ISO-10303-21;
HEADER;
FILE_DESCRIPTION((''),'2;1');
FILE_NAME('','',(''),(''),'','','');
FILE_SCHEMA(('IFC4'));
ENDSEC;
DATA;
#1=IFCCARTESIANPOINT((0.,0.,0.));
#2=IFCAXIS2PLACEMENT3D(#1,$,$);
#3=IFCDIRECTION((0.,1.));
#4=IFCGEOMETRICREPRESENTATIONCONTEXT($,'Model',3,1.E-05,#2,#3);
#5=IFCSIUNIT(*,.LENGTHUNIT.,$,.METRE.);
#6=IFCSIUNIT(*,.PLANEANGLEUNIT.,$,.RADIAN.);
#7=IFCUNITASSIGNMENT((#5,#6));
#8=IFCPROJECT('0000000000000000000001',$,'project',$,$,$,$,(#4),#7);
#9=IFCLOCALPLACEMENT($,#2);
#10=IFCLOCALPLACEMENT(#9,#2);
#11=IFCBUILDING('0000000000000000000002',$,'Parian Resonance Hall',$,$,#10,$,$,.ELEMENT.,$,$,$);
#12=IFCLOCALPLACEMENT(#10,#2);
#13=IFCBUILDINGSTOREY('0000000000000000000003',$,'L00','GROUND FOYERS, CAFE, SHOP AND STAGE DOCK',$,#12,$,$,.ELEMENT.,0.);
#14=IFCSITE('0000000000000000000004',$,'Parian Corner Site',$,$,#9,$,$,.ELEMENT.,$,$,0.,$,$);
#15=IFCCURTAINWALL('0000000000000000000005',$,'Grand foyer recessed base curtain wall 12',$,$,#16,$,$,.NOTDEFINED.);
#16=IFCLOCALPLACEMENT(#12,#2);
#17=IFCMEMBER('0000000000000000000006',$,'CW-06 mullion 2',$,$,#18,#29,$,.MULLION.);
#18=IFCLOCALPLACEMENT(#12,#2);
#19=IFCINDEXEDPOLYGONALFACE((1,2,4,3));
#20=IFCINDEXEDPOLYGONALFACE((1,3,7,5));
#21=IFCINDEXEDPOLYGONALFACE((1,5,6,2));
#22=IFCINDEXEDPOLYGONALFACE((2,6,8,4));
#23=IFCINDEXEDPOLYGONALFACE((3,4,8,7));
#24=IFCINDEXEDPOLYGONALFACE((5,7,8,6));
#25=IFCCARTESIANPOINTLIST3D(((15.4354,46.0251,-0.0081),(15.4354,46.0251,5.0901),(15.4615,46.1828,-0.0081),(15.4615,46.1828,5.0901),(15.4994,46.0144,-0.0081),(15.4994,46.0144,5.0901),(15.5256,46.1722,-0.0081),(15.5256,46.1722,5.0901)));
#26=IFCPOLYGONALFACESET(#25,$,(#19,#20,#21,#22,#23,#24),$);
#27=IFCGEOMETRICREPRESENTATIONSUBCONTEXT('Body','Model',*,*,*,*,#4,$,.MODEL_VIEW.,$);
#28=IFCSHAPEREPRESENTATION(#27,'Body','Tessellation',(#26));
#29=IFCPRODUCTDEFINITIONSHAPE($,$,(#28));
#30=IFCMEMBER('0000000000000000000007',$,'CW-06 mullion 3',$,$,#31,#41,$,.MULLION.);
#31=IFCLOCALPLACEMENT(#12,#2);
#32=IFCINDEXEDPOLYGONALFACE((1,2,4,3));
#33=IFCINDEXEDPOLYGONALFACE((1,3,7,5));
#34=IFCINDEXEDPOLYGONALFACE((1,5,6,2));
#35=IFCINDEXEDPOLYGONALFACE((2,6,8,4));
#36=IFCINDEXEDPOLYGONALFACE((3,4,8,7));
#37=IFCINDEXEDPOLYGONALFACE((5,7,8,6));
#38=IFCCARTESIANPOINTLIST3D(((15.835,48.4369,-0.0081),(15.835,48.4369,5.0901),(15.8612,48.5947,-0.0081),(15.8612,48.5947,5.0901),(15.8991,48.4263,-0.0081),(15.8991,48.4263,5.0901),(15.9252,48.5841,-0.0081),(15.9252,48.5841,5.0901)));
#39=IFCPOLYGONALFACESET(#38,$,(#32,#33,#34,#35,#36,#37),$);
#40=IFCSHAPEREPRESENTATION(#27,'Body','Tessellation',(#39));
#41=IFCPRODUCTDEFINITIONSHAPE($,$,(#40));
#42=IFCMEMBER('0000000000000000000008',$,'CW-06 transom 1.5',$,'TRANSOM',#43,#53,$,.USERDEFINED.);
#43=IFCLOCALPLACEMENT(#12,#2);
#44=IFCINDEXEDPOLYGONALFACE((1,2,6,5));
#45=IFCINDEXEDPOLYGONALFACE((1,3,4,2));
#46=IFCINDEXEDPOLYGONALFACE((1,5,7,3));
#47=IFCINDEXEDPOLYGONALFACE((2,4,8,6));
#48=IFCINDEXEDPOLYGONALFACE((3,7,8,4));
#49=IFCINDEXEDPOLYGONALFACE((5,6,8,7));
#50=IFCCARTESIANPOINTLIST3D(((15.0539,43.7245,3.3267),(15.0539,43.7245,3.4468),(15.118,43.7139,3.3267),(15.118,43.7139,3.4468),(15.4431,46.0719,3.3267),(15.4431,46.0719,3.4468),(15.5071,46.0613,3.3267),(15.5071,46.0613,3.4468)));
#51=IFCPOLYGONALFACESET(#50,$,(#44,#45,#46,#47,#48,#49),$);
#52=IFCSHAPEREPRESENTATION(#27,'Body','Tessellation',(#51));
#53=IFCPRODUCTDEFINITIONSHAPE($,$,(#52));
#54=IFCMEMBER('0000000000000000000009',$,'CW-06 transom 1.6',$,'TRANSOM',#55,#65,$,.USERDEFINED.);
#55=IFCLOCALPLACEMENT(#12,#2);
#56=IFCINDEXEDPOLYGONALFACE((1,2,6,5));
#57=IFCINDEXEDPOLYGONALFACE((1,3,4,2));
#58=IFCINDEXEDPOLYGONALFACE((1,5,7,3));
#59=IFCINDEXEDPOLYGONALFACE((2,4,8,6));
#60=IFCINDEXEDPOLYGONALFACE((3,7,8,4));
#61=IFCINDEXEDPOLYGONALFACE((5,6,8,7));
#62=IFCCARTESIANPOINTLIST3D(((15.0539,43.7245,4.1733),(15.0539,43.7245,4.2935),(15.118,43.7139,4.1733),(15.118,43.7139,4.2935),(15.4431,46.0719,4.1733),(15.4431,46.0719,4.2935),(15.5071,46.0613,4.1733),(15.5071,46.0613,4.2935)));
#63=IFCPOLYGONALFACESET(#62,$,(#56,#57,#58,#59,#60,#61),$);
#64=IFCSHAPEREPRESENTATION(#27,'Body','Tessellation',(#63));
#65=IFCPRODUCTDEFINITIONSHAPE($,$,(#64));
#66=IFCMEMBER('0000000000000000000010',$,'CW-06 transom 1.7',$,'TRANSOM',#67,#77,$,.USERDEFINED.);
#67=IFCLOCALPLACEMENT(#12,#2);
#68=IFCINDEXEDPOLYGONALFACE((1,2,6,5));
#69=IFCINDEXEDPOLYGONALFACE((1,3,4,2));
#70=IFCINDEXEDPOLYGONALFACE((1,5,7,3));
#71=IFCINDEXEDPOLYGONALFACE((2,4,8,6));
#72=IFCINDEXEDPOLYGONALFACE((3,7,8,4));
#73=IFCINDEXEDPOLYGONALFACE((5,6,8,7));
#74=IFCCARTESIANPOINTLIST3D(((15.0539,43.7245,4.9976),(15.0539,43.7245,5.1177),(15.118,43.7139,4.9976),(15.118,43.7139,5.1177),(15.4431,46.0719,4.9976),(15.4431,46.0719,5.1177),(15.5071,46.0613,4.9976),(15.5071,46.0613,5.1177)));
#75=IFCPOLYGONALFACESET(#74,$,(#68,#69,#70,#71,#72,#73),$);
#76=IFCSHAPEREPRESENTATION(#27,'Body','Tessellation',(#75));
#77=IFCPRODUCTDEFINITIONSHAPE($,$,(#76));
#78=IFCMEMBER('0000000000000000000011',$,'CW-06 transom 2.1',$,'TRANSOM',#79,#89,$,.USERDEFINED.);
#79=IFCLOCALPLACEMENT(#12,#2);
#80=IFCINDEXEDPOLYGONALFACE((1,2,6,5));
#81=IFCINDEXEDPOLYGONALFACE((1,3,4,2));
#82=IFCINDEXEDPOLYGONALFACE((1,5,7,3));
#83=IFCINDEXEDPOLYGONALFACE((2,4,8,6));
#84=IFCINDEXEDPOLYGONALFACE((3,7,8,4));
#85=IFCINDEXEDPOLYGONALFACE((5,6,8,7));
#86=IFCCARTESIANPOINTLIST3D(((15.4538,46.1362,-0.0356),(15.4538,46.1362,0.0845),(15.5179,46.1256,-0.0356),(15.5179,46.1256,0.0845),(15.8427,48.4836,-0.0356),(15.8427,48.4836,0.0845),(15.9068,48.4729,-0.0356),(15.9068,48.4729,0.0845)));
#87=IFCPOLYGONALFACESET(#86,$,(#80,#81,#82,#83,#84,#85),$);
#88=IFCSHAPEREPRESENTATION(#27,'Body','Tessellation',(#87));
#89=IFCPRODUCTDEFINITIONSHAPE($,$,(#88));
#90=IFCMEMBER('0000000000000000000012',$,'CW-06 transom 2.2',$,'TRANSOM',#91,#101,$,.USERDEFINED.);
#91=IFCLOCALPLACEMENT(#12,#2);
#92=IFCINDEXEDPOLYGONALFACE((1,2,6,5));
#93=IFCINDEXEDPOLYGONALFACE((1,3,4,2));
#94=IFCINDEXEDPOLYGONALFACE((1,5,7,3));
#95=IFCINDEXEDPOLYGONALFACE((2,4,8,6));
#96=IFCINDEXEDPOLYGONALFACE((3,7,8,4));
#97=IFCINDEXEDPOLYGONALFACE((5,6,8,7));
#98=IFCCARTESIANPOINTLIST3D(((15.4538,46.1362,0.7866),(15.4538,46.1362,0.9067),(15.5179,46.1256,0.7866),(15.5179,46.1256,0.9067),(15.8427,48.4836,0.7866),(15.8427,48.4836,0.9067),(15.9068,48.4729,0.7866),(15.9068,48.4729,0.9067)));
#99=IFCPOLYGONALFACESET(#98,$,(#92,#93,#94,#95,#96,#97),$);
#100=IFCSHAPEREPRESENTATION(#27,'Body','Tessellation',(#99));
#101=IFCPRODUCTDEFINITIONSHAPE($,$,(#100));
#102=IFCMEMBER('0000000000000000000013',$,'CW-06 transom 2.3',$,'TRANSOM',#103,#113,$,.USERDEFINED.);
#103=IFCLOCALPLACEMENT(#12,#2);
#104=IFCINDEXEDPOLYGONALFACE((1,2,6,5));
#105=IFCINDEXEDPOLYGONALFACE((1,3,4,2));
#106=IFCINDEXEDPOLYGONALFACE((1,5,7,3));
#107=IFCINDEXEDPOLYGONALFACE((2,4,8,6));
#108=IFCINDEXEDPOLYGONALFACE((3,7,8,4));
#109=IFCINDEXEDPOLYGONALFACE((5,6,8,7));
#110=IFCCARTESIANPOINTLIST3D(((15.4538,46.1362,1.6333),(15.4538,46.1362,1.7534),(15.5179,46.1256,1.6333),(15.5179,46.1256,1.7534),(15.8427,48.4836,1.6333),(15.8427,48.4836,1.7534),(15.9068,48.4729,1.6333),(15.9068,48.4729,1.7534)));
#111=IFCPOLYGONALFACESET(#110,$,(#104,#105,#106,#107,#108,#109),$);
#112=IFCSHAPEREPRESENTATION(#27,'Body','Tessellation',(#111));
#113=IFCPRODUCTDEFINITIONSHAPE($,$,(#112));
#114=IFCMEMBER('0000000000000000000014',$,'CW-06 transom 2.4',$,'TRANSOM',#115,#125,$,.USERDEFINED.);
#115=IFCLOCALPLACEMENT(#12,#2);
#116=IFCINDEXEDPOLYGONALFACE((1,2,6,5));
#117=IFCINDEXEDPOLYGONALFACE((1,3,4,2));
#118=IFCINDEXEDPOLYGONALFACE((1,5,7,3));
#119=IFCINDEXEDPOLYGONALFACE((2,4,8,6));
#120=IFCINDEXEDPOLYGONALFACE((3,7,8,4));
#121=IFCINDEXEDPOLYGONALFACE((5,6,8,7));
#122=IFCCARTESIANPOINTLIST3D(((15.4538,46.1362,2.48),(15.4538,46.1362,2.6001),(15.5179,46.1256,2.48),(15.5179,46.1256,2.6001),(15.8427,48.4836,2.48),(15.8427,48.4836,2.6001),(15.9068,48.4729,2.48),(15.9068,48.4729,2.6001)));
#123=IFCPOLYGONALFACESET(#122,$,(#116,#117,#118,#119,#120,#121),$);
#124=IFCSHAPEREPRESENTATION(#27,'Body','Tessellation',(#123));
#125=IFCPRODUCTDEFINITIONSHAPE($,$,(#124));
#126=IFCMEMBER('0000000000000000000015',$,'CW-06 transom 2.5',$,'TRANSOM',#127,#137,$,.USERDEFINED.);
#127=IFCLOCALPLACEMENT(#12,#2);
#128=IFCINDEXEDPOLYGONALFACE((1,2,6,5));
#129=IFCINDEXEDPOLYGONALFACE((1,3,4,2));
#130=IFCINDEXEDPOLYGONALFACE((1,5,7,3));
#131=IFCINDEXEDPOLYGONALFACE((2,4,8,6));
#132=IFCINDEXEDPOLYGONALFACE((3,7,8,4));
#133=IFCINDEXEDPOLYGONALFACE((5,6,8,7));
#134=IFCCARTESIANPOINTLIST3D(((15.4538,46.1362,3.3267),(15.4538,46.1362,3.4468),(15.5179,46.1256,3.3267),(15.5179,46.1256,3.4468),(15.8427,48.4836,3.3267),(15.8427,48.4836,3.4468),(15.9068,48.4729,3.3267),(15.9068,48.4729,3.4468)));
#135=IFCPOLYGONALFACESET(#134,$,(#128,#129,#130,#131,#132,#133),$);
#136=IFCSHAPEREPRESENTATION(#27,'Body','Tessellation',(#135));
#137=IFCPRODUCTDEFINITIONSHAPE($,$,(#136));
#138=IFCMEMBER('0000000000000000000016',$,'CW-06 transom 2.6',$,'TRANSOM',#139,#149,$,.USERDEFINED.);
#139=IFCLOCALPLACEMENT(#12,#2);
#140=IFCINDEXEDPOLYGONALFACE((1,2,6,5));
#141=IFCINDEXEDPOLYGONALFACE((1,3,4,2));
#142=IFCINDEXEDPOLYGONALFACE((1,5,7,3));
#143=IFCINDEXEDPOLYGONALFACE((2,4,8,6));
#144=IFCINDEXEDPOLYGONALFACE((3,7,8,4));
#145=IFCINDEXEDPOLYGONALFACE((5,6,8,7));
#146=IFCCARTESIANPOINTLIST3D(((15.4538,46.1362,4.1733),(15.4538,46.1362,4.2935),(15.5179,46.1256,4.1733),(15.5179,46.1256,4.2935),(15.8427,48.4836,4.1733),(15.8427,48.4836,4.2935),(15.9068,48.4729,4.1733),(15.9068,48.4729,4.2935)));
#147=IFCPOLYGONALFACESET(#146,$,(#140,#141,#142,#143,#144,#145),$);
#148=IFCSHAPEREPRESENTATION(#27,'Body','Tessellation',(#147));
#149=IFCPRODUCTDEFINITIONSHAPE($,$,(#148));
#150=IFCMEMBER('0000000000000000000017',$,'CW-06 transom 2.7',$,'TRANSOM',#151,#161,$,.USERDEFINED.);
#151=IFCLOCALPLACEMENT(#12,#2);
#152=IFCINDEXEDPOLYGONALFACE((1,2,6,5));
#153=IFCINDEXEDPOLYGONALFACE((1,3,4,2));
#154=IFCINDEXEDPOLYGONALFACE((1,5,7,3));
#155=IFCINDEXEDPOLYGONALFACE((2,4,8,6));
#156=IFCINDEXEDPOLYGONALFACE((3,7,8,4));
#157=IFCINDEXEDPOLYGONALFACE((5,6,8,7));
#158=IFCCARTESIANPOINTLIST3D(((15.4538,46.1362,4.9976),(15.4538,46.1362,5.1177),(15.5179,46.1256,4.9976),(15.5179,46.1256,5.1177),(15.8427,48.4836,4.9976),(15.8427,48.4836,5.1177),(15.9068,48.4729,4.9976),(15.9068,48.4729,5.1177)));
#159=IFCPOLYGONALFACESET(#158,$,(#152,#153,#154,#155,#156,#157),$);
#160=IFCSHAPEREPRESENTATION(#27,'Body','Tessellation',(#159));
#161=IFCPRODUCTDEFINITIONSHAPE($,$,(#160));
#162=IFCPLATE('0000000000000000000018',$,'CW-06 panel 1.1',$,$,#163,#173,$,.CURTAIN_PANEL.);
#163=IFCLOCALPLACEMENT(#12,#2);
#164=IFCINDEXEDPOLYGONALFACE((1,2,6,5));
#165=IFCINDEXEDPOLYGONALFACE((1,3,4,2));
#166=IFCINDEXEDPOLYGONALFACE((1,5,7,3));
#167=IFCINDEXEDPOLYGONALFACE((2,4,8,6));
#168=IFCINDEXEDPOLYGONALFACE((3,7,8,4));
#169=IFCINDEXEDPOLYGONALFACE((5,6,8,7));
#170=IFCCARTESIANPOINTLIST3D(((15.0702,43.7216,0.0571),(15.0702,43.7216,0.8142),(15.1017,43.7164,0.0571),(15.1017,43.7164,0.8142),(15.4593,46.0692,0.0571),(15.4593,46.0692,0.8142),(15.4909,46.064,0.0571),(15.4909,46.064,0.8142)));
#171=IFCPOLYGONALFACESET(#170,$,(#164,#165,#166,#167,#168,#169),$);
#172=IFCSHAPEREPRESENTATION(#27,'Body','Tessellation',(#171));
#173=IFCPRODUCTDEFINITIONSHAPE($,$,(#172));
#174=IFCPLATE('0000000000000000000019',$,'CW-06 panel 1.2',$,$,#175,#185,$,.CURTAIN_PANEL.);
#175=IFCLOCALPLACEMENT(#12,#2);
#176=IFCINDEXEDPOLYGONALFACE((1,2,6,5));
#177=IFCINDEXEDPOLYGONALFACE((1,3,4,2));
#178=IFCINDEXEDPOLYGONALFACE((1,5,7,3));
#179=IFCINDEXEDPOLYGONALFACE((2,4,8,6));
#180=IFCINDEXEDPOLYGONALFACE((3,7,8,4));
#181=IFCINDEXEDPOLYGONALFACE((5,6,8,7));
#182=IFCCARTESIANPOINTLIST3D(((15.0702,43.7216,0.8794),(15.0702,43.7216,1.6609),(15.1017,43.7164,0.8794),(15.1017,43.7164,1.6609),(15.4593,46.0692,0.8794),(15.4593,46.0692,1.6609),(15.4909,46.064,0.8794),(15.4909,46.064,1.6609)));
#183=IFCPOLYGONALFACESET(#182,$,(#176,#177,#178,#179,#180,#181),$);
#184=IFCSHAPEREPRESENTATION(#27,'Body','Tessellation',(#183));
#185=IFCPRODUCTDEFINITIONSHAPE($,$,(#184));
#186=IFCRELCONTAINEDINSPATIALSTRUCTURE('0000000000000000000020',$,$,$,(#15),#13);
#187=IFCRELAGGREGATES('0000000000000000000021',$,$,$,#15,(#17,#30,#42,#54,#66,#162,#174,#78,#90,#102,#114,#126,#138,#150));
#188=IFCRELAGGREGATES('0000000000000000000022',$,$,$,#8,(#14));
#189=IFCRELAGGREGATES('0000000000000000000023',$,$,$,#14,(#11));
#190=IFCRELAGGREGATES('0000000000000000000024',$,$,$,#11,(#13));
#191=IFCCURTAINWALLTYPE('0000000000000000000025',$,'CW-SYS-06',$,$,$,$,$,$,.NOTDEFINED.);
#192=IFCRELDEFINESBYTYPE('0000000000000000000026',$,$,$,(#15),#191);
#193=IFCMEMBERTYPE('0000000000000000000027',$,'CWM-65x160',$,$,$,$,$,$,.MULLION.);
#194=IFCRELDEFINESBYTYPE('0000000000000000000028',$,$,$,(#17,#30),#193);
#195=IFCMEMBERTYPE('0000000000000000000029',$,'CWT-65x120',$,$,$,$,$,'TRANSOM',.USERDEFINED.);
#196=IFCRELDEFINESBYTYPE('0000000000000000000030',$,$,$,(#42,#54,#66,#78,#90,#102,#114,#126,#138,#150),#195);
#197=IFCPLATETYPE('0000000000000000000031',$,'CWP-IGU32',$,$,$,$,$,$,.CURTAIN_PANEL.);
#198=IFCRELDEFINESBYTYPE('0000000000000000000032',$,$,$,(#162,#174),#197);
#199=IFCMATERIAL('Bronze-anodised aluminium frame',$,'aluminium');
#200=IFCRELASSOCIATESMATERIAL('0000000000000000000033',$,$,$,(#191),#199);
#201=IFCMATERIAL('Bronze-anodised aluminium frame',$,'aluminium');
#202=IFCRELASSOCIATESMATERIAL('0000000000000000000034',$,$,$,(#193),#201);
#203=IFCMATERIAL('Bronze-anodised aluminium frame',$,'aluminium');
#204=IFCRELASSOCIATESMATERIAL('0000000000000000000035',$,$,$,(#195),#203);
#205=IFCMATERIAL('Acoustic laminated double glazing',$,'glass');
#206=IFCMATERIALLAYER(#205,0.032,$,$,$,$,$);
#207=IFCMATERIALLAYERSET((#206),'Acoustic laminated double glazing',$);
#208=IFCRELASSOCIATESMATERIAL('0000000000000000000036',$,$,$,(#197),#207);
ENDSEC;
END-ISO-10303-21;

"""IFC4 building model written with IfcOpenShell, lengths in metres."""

from ifc_helpers import new_model, si_unit, direction, frame, origin, origin_2d, place, context, subcontext, project, spatial, rectangle, extrude, material, layer, layer_set, material_profile, profile_set, type_object, element, aggregate, save


model = new_model("IFC4")

# Units and contexts
model_context = context("Model", 3, precision=1e-05, world=origin(), true_north=direction((0.0, 1.0)))
body_context = subcontext(model_context, "Body", "Model", "MODEL_VIEW")
ifc_project = project(units=[si_unit("LENGTHUNIT", "METRE"), si_unit("PLANEANGLEUNIT", "RADIAN")], contexts=[model_context])

# Site, building, storey
site_placement = place(None, origin())
site = spatial("IfcSite", under=ifc_project, at=site_placement, Name="Parian Corner Site", CompositionType="ELEMENT", RefElevation=0.0)
building_placement = place(site_placement, origin())
building = spatial("IfcBuilding", under=site, at=building_placement, Name="Parian Resonance Hall", CompositionType="ELEMENT")
storey_placement = place(building_placement, origin())
storey = spatial("IfcBuildingStorey", under=building, at=storey_placement, Name="L00", Description="GROUND FOYERS, CAFE, SHOP AND STAGE DOCK", CompositionType="ELEMENT", Elevation=0.0)

# Curtain wall, members, plates
ifc_material_1 = material(Name="Bronze-anodised aluminium frame", Category="aluminium")
curtain_wall_type = type_object("IfcCurtainWallType", Name="CW-SYS-06", PredefinedType="NOTDEFINED", material=ifc_material_1)
curtain_wall_placement = place(storey_placement, origin())
curtain_wall = element("IfcCurtainWall", 1, at=curtain_wall_placement, inside=storey, type_object=curtain_wall_type, Name="Grand foyer recessed base curtain wall 12", PredefinedType="NOTDEFINED")
ifc_material_2 = material(Name="Bronze-anodised aluminium frame", Category="aluminium")
ifc_material_profile_1 = material_profile(ifc_material_2, rectangle(XDim=0.0649, YDim=0.1599, at=origin_2d()), Name="CWM-65x160")
ifc_profile_set_1 = profile_set([ifc_material_profile_1], Name="Bronze-anodised aluminium frame")
member_type_1 = type_object("IfcMemberType", Name="CWM-65x160", PredefinedType="MULLION", material=ifc_profile_set_1)
member_1_placement = place(storey_placement, frame((15.4805, 46.0986, -0.0081), z_axis=(0.0, 0.0, 1.0), x_axis=(-0.98654, 0.163518, 0.0)))
member_1 = element("IfcMember", 2, at=member_1_placement, type_object=member_type_1, Name="CW-06 mullion 2", PredefinedType="MULLION", context=body_context, shape_type="SweptSolid", body=[
    extrude(rectangle(XDim=0.0649, YDim=0.1599, at=origin_2d()), origin(), (0.0, 0.0, 1.0), 5.0981),
])
member_2_placement = place(storey_placement, frame((15.8801, 48.5105, -0.0081), z_axis=(0.0, 0.0, 1.0), x_axis=(-0.98654, 0.163518, 0.0)))
member_2 = element("IfcMember", 3, at=member_2_placement, type_object=member_type_1, Name="CW-06 mullion 3", PredefinedType="MULLION", context=body_context, shape_type="SweptSolid", body=[
    extrude(rectangle(XDim=0.0649, YDim=0.1599, at=origin_2d()), origin(), (0.0, 0.0, 1.0), 5.0981),
])
ifc_material_3 = material(Name="Bronze-anodised aluminium frame", Category="aluminium")
ifc_material_profile_2 = material_profile(ifc_material_3, rectangle(XDim=0.0649, YDim=0.1201, at=origin_2d()), Name="CWT-65x120")
ifc_profile_set_2 = profile_set([ifc_material_profile_2], Name="Bronze-anodised aluminium frame")
member_type_2 = type_object("IfcMemberType", Name="CWT-65x120", ElementType="TRANSOM", PredefinedType="USERDEFINED", material=ifc_profile_set_2)
member_3_placement = place(storey_placement, frame((15.0859, 43.7192, 3.3867), z_axis=(0.16355, 0.986535, 0.0), x_axis=(-0.986535, 0.16355, 0.0)))
member_3 = element("IfcMember", 4, at=member_3_placement, type_object=member_type_2, Name="CW-06 transom 1.5", ObjectType="TRANSOM", PredefinedType="USERDEFINED", context=body_context, shape_type="SweptSolid", body=[
    extrude(rectangle(XDim=0.0649, YDim=0.1201, at=origin_2d()), origin(), (0.0, 0.0, 1.0), 2.3794),
])
member_4_placement = place(storey_placement, frame((15.0859, 43.7192, 4.2334), z_axis=(0.16355, 0.986535, 0.0), x_axis=(-0.986535, 0.16355, 0.0)))
member_4 = element("IfcMember", 5, at=member_4_placement, type_object=member_type_2, Name="CW-06 transom 1.6", ObjectType="TRANSOM", PredefinedType="USERDEFINED", context=body_context, shape_type="SweptSolid", body=[
    extrude(rectangle(XDim=0.0649, YDim=0.1201, at=origin_2d()), origin(), (0.0, 0.0, 1.0), 2.3794),
])
member_5_placement = place(storey_placement, frame((15.0859, 43.7192, 5.0576), z_axis=(0.16355, 0.986535, 0.0), x_axis=(-0.986535, 0.16355, 0.0)))
member_5 = element("IfcMember", 6, at=member_5_placement, type_object=member_type_2, Name="CW-06 transom 1.7", ObjectType="TRANSOM", PredefinedType="USERDEFINED", context=body_context, shape_type="SweptSolid", body=[
    extrude(rectangle(XDim=0.0649, YDim=0.1201, at=origin_2d()), origin(), (0.0, 0.0, 1.0), 2.3794),
])
member_6_placement = place(storey_placement, frame((15.4858, 46.1309, 0.0244), z_axis=(0.163451, 0.986552, 0.0), x_axis=(-0.986552, 0.163451, 0.0)))
member_6 = element("IfcMember", 7, at=member_6_placement, type_object=member_type_2, Name="CW-06 transom 2.1", ObjectType="TRANSOM", PredefinedType="USERDEFINED", context=body_context, shape_type="SweptSolid", body=[
    extrude(rectangle(XDim=0.0649, YDim=0.1201, at=origin_2d()), origin(), (0.0, 0.0, 1.0), 2.3794),
])
member_7_placement = place(storey_placement, frame((15.4858, 46.1309, 0.8467), z_axis=(0.163451, 0.986552, 0.0), x_axis=(-0.986552, 0.163451, 0.0)))
member_7 = element("IfcMember", 8, at=member_7_placement, type_object=member_type_2, Name="CW-06 transom 2.2", ObjectType="TRANSOM", PredefinedType="USERDEFINED", context=body_context, shape_type="SweptSolid", body=[
    extrude(rectangle(XDim=0.0649, YDim=0.1201, at=origin_2d()), origin(), (0.0, 0.0, 1.0), 2.3794),
])
member_8_placement = place(storey_placement, frame((15.4858, 46.1309, 1.6934), z_axis=(0.163451, 0.986552, 0.0), x_axis=(-0.986552, 0.163451, 0.0)))
member_8 = element("IfcMember", 9, at=member_8_placement, type_object=member_type_2, Name="CW-06 transom 2.3", ObjectType="TRANSOM", PredefinedType="USERDEFINED", context=body_context, shape_type="SweptSolid", body=[
    extrude(rectangle(XDim=0.0649, YDim=0.1201, at=origin_2d()), origin(), (0.0, 0.0, 1.0), 2.3794),
])
member_9_placement = place(storey_placement, frame((15.4858, 46.1309, 2.54), z_axis=(0.163451, 0.986552, 0.0), x_axis=(-0.986552, 0.163451, 0.0)))
member_9 = element("IfcMember", 10, at=member_9_placement, type_object=member_type_2, Name="CW-06 transom 2.4", ObjectType="TRANSOM", PredefinedType="USERDEFINED", context=body_context, shape_type="SweptSolid", body=[
    extrude(rectangle(XDim=0.0649, YDim=0.1201, at=origin_2d()), origin(), (0.0, 0.0, 1.0), 2.3794),
])
member_10_placement = place(storey_placement, frame((15.4858, 46.1309, 3.3867), z_axis=(0.163451, 0.986552, 0.0), x_axis=(-0.986552, 0.163451, 0.0)))
member_10 = element("IfcMember", 11, at=member_10_placement, type_object=member_type_2, Name="CW-06 transom 2.5", ObjectType="TRANSOM", PredefinedType="USERDEFINED", context=body_context, shape_type="SweptSolid", body=[
    extrude(rectangle(XDim=0.0649, YDim=0.1201, at=origin_2d()), origin(), (0.0, 0.0, 1.0), 2.3794),
])
member_11_placement = place(storey_placement, frame((15.4858, 46.1309, 4.2334), z_axis=(0.163451, 0.986552, 0.0), x_axis=(-0.986552, 0.163451, 0.0)))
member_11 = element("IfcMember", 12, at=member_11_placement, type_object=member_type_2, Name="CW-06 transom 2.6", ObjectType="TRANSOM", PredefinedType="USERDEFINED", context=body_context, shape_type="SweptSolid", body=[
    extrude(rectangle(XDim=0.0649, YDim=0.1201, at=origin_2d()), origin(), (0.0, 0.0, 1.0), 2.3794),
])
member_12_placement = place(storey_placement, frame((15.4858, 46.1309, 5.0576), z_axis=(0.163451, 0.986552, 0.0), x_axis=(-0.986552, 0.163451, 0.0)))
member_12 = element("IfcMember", 13, at=member_12_placement, type_object=member_type_2, Name="CW-06 transom 2.7", ObjectType="TRANSOM", PredefinedType="USERDEFINED", context=body_context, shape_type="SweptSolid", body=[
    extrude(rectangle(XDim=0.0649, YDim=0.1201, at=origin_2d()), origin(), (0.0, 0.0, 1.0), 2.3794),
])
ifc_material_4 = material(Name="Acoustic laminated double glazing", Category="glass")
ifc_layer_1 = layer(ifc_material_4, 0.032)
ifc_layer_set_1 = layer_set([ifc_layer_1], Name="Acoustic laminated double glazing")
plate_type = type_object("IfcPlateType", Name="CWP-IGU32", PredefinedType="CURTAIN_PANEL", material=ifc_layer_set_1)
plate_1_placement = place(storey_placement, frame((15.2805, 44.8928, 0.0571), z_axis=(0.0, 0.0, 1.0), x_axis=(0.163518, 0.98654, 0.0)))
plate_1 = element("IfcPlate", 14, at=plate_1_placement, type_object=plate_type, Name="CW-06 panel 1.1", PredefinedType="CURTAIN_PANEL", context=body_context, shape_type="SweptSolid", body=[
    extrude(rectangle(XDim=2.3796, YDim=0.032, at=origin_2d()), origin(), (0.0, 0.0, 1.0), 0.7571),
])
plate_2_placement = place(storey_placement, frame((15.2805, 44.8928, 0.8794), z_axis=(0.0, 0.0, 1.0), x_axis=(0.163518, 0.98654, 0.0)))
plate_2 = element("IfcPlate", 15, at=plate_2_placement, type_object=plate_type, Name="CW-06 panel 1.2", PredefinedType="CURTAIN_PANEL", context=body_context, shape_type="SweptSolid", body=[
    extrude(rectangle(XDim=2.3796, YDim=0.032, at=origin_2d()), origin(), (0.0, 0.0, 1.0), 0.7815),
])
aggregate(curtain_wall, [member_1, member_2, member_3, member_4, member_5, plate_1, plate_2, member_6, member_7, member_8, member_9, member_10, member_11, member_12])

save(model, "model.ifc")
